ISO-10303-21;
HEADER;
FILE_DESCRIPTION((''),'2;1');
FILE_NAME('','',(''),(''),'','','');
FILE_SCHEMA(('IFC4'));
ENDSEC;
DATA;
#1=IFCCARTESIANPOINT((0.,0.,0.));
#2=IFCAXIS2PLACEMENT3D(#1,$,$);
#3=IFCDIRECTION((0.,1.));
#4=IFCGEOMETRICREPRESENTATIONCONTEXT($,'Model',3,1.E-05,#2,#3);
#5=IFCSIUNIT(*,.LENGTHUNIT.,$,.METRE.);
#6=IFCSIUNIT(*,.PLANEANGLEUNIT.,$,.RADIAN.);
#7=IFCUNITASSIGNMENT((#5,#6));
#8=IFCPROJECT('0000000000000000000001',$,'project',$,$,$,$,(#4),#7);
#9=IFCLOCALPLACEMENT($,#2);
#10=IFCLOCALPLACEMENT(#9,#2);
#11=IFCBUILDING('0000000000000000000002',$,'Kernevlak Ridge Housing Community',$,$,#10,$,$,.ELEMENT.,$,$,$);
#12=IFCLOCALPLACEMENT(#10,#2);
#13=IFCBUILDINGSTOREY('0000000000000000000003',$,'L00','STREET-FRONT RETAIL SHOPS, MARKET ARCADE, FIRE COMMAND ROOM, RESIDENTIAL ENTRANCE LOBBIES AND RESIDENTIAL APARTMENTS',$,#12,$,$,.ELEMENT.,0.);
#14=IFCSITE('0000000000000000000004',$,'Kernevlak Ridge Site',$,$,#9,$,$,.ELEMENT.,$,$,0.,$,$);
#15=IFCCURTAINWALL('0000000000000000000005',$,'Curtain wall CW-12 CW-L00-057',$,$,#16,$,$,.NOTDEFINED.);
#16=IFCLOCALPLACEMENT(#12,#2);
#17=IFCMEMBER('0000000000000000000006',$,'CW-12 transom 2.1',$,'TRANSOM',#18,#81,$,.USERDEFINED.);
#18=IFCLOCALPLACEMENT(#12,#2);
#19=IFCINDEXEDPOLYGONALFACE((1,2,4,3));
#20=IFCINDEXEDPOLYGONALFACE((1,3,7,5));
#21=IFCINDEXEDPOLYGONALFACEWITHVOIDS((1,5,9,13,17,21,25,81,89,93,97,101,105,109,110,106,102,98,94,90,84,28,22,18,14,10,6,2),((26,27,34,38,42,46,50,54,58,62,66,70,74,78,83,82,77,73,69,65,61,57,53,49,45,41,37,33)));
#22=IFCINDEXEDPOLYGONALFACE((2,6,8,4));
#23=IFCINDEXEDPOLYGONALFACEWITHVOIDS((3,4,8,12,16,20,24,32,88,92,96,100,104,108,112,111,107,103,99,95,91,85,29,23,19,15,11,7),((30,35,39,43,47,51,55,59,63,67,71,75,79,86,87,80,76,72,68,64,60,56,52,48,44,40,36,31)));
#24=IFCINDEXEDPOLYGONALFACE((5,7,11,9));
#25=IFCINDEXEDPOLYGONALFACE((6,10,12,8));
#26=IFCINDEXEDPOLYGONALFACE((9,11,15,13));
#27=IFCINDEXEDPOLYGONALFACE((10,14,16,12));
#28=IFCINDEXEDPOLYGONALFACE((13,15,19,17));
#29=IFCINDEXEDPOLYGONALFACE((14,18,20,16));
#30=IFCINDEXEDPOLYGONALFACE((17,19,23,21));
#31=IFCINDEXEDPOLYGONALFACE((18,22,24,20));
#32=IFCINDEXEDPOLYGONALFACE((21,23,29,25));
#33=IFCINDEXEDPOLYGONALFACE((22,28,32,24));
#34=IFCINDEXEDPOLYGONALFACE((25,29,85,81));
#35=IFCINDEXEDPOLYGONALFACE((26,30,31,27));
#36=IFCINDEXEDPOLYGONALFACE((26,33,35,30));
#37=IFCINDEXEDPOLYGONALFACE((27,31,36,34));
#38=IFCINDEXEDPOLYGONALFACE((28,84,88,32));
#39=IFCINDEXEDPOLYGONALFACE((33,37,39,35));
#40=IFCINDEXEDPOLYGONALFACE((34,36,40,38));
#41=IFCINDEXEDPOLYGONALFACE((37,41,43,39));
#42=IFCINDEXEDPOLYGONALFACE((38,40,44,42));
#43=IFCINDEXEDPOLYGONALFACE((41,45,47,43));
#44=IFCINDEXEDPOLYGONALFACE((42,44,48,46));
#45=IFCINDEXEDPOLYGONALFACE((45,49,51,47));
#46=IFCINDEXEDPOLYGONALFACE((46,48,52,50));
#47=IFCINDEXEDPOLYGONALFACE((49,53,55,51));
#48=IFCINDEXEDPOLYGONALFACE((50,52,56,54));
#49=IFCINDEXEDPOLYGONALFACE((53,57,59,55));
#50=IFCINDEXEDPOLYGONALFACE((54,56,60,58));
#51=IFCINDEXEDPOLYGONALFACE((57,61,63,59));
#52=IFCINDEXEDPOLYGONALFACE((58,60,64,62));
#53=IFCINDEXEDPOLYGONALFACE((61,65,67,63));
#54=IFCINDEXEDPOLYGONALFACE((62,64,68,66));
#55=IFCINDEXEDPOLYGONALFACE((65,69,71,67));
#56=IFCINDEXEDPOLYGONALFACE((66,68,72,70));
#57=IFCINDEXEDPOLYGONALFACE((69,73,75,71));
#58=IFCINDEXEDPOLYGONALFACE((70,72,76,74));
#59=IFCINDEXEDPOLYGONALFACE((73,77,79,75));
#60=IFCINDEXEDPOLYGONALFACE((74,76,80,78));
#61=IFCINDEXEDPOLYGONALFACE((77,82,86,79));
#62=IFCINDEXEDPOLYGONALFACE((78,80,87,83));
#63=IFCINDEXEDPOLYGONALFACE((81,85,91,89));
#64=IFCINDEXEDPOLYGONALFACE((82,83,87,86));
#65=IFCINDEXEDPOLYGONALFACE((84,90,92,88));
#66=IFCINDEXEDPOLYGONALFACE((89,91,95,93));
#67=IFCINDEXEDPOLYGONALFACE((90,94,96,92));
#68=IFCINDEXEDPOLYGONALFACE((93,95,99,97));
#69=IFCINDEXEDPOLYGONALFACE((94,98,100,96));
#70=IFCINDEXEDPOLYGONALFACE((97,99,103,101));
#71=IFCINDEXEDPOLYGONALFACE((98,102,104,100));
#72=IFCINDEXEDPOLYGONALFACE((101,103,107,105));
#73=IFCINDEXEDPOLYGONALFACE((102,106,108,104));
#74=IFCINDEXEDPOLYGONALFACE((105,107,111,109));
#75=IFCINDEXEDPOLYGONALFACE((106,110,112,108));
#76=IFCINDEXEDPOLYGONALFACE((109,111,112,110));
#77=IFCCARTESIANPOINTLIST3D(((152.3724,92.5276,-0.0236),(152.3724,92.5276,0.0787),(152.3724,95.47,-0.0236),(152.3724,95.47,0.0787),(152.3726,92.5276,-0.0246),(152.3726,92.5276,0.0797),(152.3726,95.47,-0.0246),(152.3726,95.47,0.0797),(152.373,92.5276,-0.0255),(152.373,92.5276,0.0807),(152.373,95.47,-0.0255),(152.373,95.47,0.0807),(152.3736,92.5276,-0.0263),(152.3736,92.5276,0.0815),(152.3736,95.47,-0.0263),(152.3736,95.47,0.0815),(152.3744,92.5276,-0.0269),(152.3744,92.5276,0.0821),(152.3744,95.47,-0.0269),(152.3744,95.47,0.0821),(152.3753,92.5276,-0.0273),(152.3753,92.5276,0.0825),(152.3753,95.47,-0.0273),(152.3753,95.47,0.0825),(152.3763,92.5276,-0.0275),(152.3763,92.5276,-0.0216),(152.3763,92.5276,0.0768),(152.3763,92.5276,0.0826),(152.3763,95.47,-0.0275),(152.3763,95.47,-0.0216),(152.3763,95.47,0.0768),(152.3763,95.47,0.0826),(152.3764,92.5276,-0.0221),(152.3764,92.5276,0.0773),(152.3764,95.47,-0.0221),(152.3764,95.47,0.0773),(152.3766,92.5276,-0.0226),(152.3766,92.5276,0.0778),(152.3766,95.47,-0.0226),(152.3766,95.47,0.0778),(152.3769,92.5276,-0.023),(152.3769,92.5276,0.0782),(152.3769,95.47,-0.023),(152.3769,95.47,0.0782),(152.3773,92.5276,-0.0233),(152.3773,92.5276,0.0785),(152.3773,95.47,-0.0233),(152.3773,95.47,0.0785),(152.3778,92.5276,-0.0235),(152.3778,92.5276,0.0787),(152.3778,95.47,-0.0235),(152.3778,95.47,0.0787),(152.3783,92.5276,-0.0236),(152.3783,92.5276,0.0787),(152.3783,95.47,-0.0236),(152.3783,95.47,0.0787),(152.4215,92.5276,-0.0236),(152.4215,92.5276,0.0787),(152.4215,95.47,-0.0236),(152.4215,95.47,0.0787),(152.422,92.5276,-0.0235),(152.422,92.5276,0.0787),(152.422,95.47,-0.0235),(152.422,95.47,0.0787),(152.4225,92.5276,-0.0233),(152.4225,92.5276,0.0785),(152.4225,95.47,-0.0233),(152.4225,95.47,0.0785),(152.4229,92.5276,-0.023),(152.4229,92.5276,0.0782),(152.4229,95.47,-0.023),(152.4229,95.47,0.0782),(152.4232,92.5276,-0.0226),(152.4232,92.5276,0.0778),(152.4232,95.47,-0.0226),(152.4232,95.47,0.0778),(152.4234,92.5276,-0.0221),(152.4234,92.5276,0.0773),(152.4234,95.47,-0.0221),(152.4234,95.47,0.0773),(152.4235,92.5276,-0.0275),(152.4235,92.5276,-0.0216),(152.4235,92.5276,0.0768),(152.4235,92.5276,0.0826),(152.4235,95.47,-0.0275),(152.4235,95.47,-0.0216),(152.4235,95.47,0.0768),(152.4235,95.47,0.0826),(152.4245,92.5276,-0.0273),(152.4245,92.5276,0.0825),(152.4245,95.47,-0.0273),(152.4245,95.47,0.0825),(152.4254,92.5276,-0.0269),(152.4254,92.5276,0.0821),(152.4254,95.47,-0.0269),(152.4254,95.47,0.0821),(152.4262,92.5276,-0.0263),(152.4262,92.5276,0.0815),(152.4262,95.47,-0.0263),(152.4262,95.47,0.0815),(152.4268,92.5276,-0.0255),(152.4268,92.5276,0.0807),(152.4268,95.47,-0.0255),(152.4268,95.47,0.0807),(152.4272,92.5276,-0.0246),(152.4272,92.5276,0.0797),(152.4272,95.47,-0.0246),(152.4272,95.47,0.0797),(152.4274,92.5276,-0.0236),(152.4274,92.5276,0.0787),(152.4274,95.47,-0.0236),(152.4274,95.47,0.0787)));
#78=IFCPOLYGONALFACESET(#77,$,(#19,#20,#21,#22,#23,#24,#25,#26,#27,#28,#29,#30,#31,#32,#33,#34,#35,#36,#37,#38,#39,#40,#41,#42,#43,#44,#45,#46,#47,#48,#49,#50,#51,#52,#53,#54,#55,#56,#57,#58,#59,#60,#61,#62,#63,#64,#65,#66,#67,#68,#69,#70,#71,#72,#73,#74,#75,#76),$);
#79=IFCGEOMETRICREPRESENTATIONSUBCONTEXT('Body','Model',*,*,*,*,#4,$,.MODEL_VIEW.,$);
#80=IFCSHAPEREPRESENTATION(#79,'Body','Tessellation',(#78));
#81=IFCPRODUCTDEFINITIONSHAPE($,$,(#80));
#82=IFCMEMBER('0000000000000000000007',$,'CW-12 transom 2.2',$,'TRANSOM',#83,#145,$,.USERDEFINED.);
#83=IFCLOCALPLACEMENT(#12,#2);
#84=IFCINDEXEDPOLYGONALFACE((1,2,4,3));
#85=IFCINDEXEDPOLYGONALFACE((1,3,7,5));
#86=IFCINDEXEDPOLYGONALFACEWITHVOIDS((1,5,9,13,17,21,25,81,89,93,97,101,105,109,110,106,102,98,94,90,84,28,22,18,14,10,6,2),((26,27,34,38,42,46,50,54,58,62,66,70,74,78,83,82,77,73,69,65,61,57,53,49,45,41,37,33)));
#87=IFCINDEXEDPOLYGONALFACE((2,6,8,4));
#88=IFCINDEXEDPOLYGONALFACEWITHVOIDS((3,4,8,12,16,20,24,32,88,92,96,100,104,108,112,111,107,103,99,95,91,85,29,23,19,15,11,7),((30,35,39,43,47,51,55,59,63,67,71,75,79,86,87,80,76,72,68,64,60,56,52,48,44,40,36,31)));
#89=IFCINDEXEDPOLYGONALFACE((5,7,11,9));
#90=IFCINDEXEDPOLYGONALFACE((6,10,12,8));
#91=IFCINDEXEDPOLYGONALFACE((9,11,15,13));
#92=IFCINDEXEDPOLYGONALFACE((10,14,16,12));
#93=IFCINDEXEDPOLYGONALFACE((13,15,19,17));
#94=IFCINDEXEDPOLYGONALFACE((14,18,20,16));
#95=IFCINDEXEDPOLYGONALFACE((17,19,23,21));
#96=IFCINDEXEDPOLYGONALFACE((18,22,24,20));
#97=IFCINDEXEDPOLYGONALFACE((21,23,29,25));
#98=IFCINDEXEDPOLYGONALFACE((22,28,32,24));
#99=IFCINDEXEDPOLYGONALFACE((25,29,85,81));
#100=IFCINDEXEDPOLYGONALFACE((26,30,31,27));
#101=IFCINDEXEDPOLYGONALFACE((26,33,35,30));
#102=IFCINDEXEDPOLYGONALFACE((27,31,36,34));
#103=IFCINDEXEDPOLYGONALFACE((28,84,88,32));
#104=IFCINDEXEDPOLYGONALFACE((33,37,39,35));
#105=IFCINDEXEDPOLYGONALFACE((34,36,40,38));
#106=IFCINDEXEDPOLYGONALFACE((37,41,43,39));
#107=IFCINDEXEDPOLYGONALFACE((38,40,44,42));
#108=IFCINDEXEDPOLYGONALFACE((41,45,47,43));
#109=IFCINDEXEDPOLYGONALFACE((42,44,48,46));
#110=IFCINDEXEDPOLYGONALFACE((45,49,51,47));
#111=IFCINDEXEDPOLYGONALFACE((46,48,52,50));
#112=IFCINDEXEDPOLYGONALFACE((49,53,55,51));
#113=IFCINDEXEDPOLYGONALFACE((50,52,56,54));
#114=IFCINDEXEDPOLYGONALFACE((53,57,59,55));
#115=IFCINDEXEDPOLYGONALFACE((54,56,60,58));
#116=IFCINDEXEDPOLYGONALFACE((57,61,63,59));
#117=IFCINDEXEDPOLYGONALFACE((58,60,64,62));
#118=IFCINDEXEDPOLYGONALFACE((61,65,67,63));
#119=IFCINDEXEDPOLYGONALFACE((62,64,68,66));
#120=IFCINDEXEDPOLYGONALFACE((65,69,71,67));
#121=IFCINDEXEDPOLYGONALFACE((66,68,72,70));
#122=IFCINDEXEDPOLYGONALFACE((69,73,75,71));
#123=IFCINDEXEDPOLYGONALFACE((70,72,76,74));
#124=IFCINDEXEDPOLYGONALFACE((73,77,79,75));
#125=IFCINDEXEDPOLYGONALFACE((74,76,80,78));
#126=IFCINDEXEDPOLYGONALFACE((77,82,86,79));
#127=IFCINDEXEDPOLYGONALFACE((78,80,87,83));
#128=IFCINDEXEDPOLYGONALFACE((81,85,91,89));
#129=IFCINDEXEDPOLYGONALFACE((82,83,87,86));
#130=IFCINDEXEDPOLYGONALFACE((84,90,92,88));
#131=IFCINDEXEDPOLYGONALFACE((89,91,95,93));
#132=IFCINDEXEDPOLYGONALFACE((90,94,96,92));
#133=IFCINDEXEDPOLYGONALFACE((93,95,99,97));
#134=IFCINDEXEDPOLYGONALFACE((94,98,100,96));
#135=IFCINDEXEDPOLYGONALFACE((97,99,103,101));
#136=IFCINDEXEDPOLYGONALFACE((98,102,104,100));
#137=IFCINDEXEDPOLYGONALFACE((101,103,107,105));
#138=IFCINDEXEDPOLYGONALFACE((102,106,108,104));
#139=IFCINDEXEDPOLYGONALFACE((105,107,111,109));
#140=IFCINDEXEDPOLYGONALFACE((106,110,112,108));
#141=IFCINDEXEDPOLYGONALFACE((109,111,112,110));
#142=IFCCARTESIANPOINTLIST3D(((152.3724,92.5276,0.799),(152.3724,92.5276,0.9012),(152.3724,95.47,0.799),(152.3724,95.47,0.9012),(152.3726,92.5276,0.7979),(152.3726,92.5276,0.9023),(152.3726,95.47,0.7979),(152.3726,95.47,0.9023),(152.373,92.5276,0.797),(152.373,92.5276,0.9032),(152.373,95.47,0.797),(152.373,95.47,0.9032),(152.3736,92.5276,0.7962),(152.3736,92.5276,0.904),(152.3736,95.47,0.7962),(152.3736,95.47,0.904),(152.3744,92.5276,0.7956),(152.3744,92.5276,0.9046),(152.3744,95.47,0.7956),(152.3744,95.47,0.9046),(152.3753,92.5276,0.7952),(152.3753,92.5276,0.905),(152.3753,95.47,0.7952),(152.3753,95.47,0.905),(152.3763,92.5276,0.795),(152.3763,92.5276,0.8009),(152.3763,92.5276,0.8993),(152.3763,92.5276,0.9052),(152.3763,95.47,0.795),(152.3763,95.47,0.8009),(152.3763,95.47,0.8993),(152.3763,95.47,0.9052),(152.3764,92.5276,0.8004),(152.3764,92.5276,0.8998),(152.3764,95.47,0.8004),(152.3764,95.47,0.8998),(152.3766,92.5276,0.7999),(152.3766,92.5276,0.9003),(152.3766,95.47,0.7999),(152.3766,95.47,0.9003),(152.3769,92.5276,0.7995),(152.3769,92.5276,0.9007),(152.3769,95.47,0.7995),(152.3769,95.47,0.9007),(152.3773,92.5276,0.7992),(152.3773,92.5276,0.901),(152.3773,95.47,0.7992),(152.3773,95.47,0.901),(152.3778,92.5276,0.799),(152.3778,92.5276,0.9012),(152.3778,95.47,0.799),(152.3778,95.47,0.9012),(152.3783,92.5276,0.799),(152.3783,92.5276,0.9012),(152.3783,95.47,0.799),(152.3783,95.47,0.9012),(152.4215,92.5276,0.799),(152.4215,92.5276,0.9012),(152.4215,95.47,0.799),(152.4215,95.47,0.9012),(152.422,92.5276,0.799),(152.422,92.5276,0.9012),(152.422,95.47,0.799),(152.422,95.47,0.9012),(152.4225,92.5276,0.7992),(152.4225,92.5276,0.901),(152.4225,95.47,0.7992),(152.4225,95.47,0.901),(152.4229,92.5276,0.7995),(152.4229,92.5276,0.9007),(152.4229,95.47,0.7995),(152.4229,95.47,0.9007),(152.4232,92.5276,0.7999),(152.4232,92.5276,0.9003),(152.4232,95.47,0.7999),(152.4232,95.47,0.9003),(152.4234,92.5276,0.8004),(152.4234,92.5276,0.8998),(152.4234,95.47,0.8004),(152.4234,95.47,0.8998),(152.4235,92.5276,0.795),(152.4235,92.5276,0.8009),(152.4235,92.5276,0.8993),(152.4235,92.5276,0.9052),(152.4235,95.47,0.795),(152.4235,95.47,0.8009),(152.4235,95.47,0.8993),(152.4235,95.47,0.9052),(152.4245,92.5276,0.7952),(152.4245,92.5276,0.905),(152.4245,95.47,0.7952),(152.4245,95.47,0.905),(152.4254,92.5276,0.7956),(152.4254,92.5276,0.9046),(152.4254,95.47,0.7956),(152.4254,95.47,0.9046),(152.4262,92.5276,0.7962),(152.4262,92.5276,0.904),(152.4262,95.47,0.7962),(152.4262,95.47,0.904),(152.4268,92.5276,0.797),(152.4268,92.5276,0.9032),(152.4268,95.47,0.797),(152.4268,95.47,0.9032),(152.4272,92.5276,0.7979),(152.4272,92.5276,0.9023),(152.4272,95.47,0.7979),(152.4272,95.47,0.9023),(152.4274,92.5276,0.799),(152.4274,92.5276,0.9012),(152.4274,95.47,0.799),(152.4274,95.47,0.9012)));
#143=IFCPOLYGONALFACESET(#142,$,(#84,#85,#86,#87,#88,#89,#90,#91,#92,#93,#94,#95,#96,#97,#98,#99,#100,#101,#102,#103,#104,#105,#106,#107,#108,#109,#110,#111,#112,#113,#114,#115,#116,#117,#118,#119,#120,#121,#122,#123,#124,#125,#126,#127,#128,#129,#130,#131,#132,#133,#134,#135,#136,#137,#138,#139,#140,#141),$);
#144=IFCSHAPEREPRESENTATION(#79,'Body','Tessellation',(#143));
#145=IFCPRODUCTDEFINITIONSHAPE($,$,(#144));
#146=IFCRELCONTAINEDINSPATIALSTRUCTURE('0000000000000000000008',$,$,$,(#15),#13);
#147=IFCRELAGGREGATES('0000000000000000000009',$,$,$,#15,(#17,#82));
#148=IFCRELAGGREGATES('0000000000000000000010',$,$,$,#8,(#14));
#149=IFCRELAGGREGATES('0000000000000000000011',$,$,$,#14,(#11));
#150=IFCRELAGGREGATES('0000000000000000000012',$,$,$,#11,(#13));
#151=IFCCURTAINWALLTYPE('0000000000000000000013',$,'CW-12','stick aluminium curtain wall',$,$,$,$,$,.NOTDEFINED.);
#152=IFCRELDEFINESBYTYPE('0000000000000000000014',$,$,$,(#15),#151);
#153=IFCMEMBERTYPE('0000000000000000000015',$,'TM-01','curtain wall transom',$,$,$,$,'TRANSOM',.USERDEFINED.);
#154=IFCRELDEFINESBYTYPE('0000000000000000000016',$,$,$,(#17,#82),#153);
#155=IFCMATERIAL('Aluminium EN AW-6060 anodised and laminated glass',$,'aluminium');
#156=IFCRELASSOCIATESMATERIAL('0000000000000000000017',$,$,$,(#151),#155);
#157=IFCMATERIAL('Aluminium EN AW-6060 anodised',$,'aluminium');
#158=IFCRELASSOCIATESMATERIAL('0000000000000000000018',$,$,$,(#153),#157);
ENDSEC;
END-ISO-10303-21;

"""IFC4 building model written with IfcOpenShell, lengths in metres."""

from ifc_helpers import new_model, si_unit, direction, frame, origin, origin_2d, place, context, subcontext, project, spatial, hollow_rectangle, extrude, material, material_profile, profile_set, type_object, element, aggregate, save


model = new_model("IFC4")

# Units and contexts
model_context = context("Model", 3, precision=1e-05, world=origin(), true_north=direction((0.0, 1.0)))
body_context = subcontext(model_context, "Body", "Model", "MODEL_VIEW")
ifc_project = project(units=[si_unit("LENGTHUNIT", "METRE"), si_unit("PLANEANGLEUNIT", "RADIAN")], contexts=[model_context])

# Site, building, storey
site_placement = place(None, origin())
site = spatial("IfcSite", under=ifc_project, at=site_placement, Name="Kernevlak Ridge Site", CompositionType="ELEMENT", RefElevation=0.0)
building_placement = place(site_placement, origin())
building = spatial("IfcBuilding", under=site, at=building_placement, Name="Kernevlak Ridge Housing Community", CompositionType="ELEMENT")
storey_placement = place(building_placement, origin())
storey = spatial("IfcBuildingStorey", under=building, at=storey_placement, Name="L00", Description="STREET-FRONT RETAIL SHOPS, MARKET ARCADE, FIRE COMMAND ROOM, RESIDENTIAL ENTRANCE LOBBIES AND RESIDENTIAL APARTMENTS", CompositionType="ELEMENT", Elevation=0.0)

# Curtain wall
ifc_material_1 = material(Name="Aluminium EN AW-6060 anodised and laminated glass", Category="aluminium")
curtain_wall_type = type_object("IfcCurtainWallType", Name="CW-12", Description="stick aluminium curtain wall", PredefinedType="NOTDEFINED", material=ifc_material_1)
curtain_wall_placement = place(storey_placement, origin())
curtain_wall = element("IfcCurtainWall", 1, at=curtain_wall_placement, inside=storey, type_object=curtain_wall_type, Name="Curtain wall CW-12 CW-L00-057", PredefinedType="NOTDEFINED")
ifc_material_2 = material(Name="Aluminium EN AW-6060 anodised", Category="aluminium")

# Members
ifc_material_profile_1 = material_profile(ifc_material_2, hollow_rectangle(XDim=0.0549, YDim=0.1101, WallThickness=0.0039, InnerFilletRadius=0.002, OuterFilletRadius=0.0039, at=origin_2d()), Name="ALU 55x110x4")
ifc_profile_set_1 = profile_set([ifc_material_profile_1], Name="Aluminium EN AW-6060 anodised")
member_type_1 = type_object("IfcMemberType", Name="TM-01", Description="curtain wall transom", ElementType="TRANSOM", PredefinedType="USERDEFINED", material=ifc_profile_set_1)
member_1_placement = place(storey_placement, frame((152.3999, 92.5276, 0.0276), z_axis=(0.0, 1.0, 0.0), x_axis=(-1.0, 0.0, 0.0)))
member_1 = element("IfcMember", 2, at=member_1_placement, type_object=member_type_1, Name="CW-12 transom 2.1", ObjectType="TRANSOM", PredefinedType="USERDEFINED", context=body_context, shape_type="SweptSolid", body=[
    extrude(hollow_rectangle(XDim=0.0549, YDim=0.1101, WallThickness=0.0039, InnerFilletRadius=0.002, OuterFilletRadius=0.0039, at=origin_2d()), origin(), (0.0, 0.0, 1.0), 2.9424),
])
member_2_placement = place(storey_placement, frame((152.3999, 92.5276, 0.8501), z_axis=(0.0, 1.0, 0.0), x_axis=(-1.0, 0.0, 0.0)))
member_2 = element("IfcMember", 3, at=member_2_placement, type_object=member_type_1, Name="CW-12 transom 2.2", ObjectType="TRANSOM", PredefinedType="USERDEFINED", context=body_context, shape_type="SweptSolid", body=[
    extrude(hollow_rectangle(XDim=0.0549, YDim=0.1101, WallThickness=0.0039, InnerFilletRadius=0.002, OuterFilletRadius=0.0039, at=origin_2d()), origin(), (0.0, 0.0, 1.0), 2.9424),
])

aggregate(curtain_wall, [member_1, member_2])

save(model, "model.ifc")
